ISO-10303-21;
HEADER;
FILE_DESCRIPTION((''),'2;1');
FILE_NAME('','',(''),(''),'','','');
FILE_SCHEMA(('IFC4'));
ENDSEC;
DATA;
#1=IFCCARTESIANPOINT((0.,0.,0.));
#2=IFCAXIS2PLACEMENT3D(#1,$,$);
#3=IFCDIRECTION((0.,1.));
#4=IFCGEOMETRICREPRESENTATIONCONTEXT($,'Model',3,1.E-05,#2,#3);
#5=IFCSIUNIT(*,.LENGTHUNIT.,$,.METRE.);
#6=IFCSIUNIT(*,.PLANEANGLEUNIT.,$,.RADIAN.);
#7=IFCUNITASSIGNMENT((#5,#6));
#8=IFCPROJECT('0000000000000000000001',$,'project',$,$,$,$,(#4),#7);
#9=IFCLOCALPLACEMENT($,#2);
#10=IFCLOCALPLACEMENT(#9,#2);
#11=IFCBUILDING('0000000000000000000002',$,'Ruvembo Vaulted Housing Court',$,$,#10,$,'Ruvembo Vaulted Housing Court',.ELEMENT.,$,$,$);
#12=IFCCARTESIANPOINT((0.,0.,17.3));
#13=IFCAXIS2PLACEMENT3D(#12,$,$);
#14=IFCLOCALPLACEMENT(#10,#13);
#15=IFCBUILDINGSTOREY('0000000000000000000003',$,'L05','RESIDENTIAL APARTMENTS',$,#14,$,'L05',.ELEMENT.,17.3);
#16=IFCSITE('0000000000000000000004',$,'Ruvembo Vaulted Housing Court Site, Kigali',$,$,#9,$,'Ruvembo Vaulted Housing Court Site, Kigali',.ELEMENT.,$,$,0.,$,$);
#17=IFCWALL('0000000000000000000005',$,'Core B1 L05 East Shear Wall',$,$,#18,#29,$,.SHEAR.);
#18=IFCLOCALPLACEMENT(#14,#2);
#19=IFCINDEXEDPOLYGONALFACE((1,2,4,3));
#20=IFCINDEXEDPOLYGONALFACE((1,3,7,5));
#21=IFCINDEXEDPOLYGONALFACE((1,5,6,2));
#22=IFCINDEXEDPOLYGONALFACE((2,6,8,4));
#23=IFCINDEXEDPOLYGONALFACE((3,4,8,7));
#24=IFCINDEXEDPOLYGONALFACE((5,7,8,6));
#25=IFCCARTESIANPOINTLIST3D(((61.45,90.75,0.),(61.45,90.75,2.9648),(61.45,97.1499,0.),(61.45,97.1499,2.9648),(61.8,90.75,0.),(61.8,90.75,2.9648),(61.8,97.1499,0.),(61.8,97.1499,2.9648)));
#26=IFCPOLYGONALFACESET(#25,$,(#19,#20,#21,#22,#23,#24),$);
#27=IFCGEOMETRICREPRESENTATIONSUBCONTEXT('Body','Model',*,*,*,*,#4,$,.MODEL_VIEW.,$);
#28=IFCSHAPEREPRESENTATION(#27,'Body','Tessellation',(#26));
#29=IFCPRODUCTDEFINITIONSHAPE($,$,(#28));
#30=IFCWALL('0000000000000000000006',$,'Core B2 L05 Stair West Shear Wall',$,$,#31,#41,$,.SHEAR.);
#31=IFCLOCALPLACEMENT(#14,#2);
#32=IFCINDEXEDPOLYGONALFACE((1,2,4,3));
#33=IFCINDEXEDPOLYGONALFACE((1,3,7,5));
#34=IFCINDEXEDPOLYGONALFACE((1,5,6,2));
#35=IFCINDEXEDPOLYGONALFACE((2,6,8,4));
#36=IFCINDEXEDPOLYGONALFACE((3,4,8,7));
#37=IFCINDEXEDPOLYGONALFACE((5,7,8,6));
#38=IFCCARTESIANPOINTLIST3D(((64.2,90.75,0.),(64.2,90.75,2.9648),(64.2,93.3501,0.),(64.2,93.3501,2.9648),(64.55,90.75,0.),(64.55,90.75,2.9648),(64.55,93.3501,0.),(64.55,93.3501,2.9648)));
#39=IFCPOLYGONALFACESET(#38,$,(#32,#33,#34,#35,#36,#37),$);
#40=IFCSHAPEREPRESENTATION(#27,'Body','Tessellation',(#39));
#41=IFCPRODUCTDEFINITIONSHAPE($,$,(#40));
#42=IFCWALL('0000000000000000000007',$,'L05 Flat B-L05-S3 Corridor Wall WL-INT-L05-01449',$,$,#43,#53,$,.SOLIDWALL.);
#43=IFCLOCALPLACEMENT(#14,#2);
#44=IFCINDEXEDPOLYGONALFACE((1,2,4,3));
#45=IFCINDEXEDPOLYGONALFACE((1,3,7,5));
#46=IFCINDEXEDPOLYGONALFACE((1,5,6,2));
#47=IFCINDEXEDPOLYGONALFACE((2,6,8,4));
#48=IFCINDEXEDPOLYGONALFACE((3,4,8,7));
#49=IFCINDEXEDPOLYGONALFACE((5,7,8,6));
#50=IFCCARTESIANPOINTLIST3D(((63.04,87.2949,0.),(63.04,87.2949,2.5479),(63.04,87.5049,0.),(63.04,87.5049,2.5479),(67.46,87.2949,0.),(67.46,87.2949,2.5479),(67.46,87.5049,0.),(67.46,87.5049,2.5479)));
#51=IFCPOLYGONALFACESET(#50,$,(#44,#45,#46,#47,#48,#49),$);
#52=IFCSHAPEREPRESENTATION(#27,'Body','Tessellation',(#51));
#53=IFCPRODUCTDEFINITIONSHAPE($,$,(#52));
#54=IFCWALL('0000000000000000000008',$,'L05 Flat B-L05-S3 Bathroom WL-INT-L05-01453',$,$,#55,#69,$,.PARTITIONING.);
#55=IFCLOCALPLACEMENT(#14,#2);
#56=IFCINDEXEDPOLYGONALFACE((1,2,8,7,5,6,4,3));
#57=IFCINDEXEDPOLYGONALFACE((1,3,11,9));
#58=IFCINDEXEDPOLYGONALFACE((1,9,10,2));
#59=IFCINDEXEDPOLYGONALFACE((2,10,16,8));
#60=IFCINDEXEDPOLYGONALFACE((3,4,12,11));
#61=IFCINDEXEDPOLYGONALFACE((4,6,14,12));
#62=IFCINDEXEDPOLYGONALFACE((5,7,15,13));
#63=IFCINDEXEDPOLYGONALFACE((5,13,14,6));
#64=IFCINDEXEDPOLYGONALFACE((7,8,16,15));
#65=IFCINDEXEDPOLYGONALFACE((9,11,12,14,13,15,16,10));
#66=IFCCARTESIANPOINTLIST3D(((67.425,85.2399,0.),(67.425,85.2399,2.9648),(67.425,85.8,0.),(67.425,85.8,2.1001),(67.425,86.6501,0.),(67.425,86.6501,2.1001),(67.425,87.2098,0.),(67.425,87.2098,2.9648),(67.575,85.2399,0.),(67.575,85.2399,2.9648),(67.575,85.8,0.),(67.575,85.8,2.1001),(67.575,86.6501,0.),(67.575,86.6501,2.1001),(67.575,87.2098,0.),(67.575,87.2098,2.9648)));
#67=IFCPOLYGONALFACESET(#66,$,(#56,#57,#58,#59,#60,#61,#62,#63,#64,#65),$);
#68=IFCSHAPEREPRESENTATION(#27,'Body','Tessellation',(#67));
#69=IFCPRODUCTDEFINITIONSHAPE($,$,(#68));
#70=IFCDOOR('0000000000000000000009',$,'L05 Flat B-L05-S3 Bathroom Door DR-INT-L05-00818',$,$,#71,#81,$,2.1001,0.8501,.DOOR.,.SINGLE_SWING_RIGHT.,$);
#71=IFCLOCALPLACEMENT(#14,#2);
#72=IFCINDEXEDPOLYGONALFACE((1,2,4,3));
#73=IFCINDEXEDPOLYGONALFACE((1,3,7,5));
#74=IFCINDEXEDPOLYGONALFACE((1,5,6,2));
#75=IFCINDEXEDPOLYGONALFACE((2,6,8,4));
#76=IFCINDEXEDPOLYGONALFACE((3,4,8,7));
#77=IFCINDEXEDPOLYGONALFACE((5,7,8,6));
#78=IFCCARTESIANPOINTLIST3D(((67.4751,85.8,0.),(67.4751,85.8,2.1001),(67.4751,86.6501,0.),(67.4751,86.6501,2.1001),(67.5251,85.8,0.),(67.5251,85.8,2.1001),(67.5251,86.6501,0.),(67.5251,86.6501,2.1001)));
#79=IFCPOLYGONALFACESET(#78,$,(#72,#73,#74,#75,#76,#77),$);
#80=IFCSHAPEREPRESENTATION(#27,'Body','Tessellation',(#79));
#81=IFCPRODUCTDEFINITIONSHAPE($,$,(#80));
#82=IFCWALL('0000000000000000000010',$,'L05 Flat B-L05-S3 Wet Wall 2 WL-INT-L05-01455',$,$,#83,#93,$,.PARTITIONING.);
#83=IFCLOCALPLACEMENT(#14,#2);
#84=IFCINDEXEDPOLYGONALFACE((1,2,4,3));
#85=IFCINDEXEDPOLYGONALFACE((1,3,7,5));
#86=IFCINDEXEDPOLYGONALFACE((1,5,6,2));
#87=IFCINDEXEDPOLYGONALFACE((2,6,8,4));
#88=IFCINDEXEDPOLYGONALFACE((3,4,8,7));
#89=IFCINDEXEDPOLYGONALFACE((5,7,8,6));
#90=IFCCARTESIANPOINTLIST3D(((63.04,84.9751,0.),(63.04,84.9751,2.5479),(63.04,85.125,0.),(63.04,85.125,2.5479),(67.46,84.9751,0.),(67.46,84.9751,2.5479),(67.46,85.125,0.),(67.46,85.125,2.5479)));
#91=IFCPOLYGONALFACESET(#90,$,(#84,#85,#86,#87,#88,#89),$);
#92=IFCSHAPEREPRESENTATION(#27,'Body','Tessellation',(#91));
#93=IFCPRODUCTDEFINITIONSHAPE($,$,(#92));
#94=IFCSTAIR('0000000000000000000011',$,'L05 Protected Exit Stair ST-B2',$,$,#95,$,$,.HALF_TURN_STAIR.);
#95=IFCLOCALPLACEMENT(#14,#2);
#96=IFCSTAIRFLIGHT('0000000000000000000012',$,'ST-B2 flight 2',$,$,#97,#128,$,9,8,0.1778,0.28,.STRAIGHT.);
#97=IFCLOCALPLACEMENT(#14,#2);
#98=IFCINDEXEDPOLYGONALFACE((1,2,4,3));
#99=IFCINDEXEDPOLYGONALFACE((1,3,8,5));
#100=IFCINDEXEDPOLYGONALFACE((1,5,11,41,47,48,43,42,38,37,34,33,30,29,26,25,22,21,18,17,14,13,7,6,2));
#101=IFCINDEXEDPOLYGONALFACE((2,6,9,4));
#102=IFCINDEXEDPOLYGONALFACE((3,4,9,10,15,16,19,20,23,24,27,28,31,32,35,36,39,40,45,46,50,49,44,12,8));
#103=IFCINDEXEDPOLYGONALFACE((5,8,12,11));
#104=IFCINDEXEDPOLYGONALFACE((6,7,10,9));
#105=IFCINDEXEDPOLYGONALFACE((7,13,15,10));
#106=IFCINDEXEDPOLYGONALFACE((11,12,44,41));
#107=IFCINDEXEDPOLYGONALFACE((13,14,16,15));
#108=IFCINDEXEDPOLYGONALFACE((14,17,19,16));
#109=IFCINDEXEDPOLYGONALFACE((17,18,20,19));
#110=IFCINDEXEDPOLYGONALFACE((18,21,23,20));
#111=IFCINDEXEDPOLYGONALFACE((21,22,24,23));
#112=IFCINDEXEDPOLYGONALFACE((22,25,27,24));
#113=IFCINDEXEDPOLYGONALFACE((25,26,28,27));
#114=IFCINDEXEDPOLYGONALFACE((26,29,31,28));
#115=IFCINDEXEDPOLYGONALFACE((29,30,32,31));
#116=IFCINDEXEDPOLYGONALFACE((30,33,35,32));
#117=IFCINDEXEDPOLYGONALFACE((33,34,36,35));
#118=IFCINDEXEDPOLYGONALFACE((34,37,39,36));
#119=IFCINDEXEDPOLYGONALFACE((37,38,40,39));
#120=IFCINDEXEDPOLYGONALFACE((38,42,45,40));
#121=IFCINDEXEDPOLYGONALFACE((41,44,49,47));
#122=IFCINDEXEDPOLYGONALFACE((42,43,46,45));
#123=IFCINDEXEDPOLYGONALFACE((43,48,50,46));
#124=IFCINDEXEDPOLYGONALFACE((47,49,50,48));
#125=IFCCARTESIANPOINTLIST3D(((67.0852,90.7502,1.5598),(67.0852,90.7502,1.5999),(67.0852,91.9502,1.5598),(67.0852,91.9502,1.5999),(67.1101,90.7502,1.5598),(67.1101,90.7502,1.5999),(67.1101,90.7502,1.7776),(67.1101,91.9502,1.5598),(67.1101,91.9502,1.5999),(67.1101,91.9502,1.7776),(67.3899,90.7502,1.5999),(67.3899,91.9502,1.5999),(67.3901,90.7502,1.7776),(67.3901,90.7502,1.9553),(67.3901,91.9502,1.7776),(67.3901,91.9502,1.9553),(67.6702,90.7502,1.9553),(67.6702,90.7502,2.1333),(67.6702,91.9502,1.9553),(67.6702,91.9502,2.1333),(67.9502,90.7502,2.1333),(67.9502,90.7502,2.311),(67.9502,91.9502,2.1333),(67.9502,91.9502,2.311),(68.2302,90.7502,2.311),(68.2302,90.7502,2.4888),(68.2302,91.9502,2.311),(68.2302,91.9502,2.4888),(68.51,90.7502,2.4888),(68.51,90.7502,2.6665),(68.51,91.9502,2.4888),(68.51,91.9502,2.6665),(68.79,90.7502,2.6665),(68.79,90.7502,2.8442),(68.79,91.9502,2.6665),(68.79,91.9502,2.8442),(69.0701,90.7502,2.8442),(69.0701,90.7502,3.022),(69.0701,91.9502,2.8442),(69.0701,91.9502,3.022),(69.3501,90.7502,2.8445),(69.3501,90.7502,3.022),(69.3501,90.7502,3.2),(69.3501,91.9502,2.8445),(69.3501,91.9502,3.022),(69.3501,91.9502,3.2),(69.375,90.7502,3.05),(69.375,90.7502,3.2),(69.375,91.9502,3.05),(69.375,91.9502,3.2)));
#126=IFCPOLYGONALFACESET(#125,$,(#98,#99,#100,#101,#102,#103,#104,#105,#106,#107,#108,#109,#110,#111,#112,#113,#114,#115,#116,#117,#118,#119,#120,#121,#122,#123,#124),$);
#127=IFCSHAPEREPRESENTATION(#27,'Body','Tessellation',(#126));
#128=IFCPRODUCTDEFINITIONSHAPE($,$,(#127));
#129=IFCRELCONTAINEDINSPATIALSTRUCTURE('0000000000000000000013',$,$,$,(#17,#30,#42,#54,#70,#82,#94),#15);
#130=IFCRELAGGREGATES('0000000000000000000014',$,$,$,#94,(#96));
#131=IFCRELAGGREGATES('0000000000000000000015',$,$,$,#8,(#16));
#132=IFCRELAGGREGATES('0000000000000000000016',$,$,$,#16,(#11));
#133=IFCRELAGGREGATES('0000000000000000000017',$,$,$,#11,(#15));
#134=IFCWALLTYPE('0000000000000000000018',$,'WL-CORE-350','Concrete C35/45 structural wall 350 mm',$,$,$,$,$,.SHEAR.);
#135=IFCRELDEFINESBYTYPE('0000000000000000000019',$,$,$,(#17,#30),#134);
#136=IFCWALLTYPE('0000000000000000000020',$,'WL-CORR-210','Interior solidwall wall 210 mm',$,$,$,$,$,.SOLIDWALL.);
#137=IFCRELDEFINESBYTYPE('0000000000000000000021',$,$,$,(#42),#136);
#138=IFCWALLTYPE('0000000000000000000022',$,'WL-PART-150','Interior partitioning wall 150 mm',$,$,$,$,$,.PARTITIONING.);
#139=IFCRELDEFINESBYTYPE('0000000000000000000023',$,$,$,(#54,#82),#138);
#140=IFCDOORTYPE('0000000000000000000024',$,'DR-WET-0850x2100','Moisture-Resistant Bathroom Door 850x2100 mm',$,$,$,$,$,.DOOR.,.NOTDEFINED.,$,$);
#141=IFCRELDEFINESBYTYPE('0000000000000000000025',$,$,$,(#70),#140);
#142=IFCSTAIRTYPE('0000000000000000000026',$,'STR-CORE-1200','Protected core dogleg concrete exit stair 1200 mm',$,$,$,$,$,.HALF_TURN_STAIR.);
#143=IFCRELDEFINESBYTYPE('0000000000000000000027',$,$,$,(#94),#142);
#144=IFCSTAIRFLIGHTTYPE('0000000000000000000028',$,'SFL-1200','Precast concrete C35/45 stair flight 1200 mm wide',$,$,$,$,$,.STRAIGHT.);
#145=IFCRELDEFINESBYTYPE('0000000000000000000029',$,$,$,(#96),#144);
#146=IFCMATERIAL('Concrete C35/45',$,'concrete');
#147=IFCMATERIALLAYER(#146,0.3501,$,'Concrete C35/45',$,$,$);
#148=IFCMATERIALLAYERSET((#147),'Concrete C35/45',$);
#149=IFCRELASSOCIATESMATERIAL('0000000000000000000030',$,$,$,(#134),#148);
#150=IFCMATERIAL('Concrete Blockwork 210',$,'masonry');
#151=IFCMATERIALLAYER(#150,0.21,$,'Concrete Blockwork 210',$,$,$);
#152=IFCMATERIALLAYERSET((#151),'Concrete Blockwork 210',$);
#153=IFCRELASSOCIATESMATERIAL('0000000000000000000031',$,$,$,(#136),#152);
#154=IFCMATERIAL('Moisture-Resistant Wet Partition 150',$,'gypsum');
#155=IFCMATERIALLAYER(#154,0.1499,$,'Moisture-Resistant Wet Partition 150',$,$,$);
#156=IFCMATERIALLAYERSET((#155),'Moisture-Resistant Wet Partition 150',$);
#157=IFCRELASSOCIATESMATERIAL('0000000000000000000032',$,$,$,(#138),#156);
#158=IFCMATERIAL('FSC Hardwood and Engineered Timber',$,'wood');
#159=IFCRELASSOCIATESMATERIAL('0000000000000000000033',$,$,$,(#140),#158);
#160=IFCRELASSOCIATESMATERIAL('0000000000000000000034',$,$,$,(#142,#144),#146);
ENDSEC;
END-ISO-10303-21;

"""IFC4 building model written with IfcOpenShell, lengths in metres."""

from ifc_helpers import new_model, si_unit, direction, frame, frame_2d, origin, place, context, subcontext, project, spatial, polyline, rectangle, outline, extrude, material, layer, layer_set, type_object, element, fill, aggregate, save


model = new_model("IFC4")

# Units and contexts
model_context = context("Model", 3, precision=1e-05, world=origin(), true_north=direction((0.0, 1.0)))
body_context = subcontext(model_context, "Body", "Model", "MODEL_VIEW")
ifc_project = project(units=[si_unit("LENGTHUNIT", "METRE"), si_unit("PLANEANGLEUNIT", "RADIAN")], contexts=[model_context])

# Site, building, storey
site_placement = place(None, origin())
site = spatial("IfcSite", under=ifc_project, at=site_placement, Name="Ruvembo Vaulted Housing Court Site, Kigali", LongName="Ruvembo Vaulted Housing Court Site, Kigali", CompositionType="ELEMENT", RefElevation=0.0)
building_placement = place(site_placement, origin())
building = spatial("IfcBuilding", under=site, at=building_placement, Name="Ruvembo Vaulted Housing Court", LongName="Ruvembo Vaulted Housing Court", CompositionType="ELEMENT")
storey_placement = place(building_placement, frame((0.0, 0.0, 17.3)))
storey = spatial("IfcBuildingStorey", under=building, at=storey_placement, Name="L05", Description="RESIDENTIAL APARTMENTS", LongName="L05", CompositionType="ELEMENT", Elevation=17.3)

# Shared definitions
ifc_material_1 = material(Name="Concrete C35/45", Category="concrete")

# Wall
ifc_layer_1 = layer(ifc_material_1, 0.3501, Name="Concrete C35/45")
ifc_layer_set_1 = layer_set([ifc_layer_1], Name="Concrete C35/45")
wall_type_1 = type_object("IfcWallType", Name="WL-CORE-350", Description="Concrete C35/45 structural wall 350 mm", PredefinedType="SHEAR", material=ifc_layer_set_1)
wall_1_placement = place(storey_placement, frame((61.625, 90.75, 0.0), z_axis=(0.0, 0.0, 1.0), x_axis=(0.0, 1.0, 0.0)))
element("IfcWall", 1, at=wall_1_placement, inside=storey, type_object=wall_type_1, Name="Core B1 L05 East Shear Wall", PredefinedType="SHEAR", context=body_context, shape_type="SweptSolid", body=[
    extrude(rectangle(XDim=6.3999, YDim=0.3501, at=frame_2d((3.2, 0.0))), origin(), (0.0, 0.0, 1.0), 2.9648),
])

# Walls
wall_2_placement = place(storey_placement, frame((64.375, 93.3501, 0.0), z_axis=(0.0, 0.0, 1.0), x_axis=(0.0, -1.0, 0.0)))
element("IfcWall", 2, at=wall_2_placement, inside=storey, type_object=wall_type_1, Name="Core B2 L05 Stair West Shear Wall", PredefinedType="SHEAR", context=body_context, shape_type="SweptSolid", body=[
    extrude(rectangle(XDim=2.6001, YDim=0.3501, at=frame_2d((1.3, 0.0))), origin(), (0.0, 0.0, 1.0), 2.9648),
])
ifc_material_2 = material(Name="Concrete Blockwork 210", Category="masonry")
ifc_layer_2 = layer(ifc_material_2, 0.21, Name="Concrete Blockwork 210")
ifc_layer_set_2 = layer_set([ifc_layer_2], Name="Concrete Blockwork 210")
wall_type_2 = type_object("IfcWallType", Name="WL-CORR-210", Description="Interior solidwall wall 210 mm", PredefinedType="SOLIDWALL", material=ifc_layer_set_2)
wall_3_placement = place(storey_placement, frame((63.04, 87.3999, 0.0), z_axis=(0.0, 0.0, 1.0), x_axis=(1.0, 0.0, 0.0)))
element("IfcWall", 3, at=wall_3_placement, inside=storey, type_object=wall_type_2, Name="L05 Flat B-L05-S3 Corridor Wall WL-INT-L05-01449", PredefinedType="SOLIDWALL", context=body_context, shape_type="SweptSolid", body=[
    extrude(rectangle(XDim=4.4199, YDim=0.21, at=frame_2d((2.21, 0.0))), origin(), (0.0, 0.0, 1.0), 2.5479),
])

# Wall, opening, door
ifc_material_3 = material(Name="FSC Hardwood and Engineered Timber", Category="wood")
ifc_material_4 = material(Name="Moisture-Resistant Wet Partition 150", Category="gypsum")
ifc_layer_3 = layer(ifc_material_4, 0.1499, Name="Moisture-Resistant Wet Partition 150")
ifc_layer_set_3 = layer_set([ifc_layer_3], Name="Moisture-Resistant Wet Partition 150")
wall_type_3 = type_object("IfcWallType", Name="WL-PART-150", Description="Interior partitioning wall 150 mm", PredefinedType="PARTITIONING", material=ifc_layer_set_3)
wall_4_placement = place(storey_placement, frame((67.5, 85.24, 0.0), z_axis=(0.0, 0.0, 1.0), x_axis=(0.0, 1.0, 0.0)))
wall_4 = element("IfcWall", 4, at=wall_4_placement, inside=storey, type_object=wall_type_3, Name="L05 Flat B-L05-S3 Bathroom WL-INT-L05-01453", PredefinedType="PARTITIONING", context=body_context, shape_type="SweptSolid", body=[
    extrude(rectangle(XDim=1.97, YDim=0.1499, at=frame_2d((0.9849, 0.0))), origin(), (0.0, 0.0, 1.0), 2.9648),
])
opening_1_placement = place(wall_4_placement, frame((0.5601, 0.0, 0.0)))
opening_1 = element("IfcOpeningElement", 5, at=opening_1_placement, cuts=wall_4, PredefinedType="OPENING", context=body_context, shape_type="SweptSolid", body=[
    extrude(rectangle(XDim=0.8501, YDim=2.1001, at=frame_2d((0.425, 1.05))), frame((0.0, 0.085, 0.0), z_axis=(0.0, -1.0, 0.0), x_axis=(1.0, 0.0, 0.0)), (0.0, 0.0, 1.0), 0.1699),
])
door_type_1 = type_object("IfcDoorType", Name="DR-WET-0850x2100", Description="Moisture-Resistant Bathroom Door 850x2100 mm", OperationType="NOTDEFINED", PredefinedType="DOOR", material=ifc_material_3)
door_1_placement = place(opening_1_placement, origin())
door_1 = element("IfcDoor", 6, at=door_1_placement, inside=storey, type_object=door_type_1, Name="L05 Flat B-L05-S3 Bathroom Door DR-INT-L05-00818", OperationType="SINGLE_SWING_RIGHT", OverallHeight=2.1001, OverallWidth=0.8501, PredefinedType="DOOR", context=body_context, shape_type="SweptSolid", body=[
    extrude(rectangle(XDim=0.8501, YDim=2.1001, at=frame_2d((0.425, 1.05))), frame((0.0, 0.0249, 0.0), z_axis=(0.0, -1.0, 0.0), x_axis=(1.0, 0.0, 0.0)), (0.0, 0.0, 1.0), 0.05),
])
fill(opening_1, door_1)

# Wall
wall_5_placement = place(storey_placement, frame((63.04, 85.05, 0.0), z_axis=(0.0, 0.0, 1.0), x_axis=(1.0, 0.0, 0.0)))
element("IfcWall", 7, at=wall_5_placement, inside=storey, type_object=wall_type_3, Name="L05 Flat B-L05-S3 Wet Wall 2 WL-INT-L05-01455", PredefinedType="PARTITIONING", context=body_context, shape_type="SweptSolid", body=[
    extrude(rectangle(XDim=4.4199, YDim=0.1499, at=frame_2d((2.21, 0.0))), origin(), (0.0, 0.0, 1.0), 2.5479),
])

# Stair, stair flight
stair_type = type_object("IfcStairType", Name="STR-CORE-1200", Description="Protected core dogleg concrete exit stair 1200 mm", PredefinedType="HALF_TURN_STAIR", material=ifc_material_1)
stair_placement = place(storey_placement, origin())
stair = element("IfcStair", 8, at=stair_placement, inside=storey, type_object=stair_type, Name="L05 Protected Exit Stair ST-B2", PredefinedType="HALF_TURN_STAIR")
stair_flight_type = type_object("IfcStairFlightType", Name="SFL-1200", Description="Precast concrete C35/45 stair flight 1200 mm wide", PredefinedType="STRAIGHT", material=ifc_material_1)
stair_flight_placement = place(storey_placement, frame((67.1101, 91.3501, 1.5999), z_axis=(0.0, 0.0, 1.0), x_axis=(1.0, 0.0, 0.0)))
stair_flight = element("IfcStairFlight", 9, at=stair_flight_placement, type_object=stair_flight_type, Name="ST-B2 flight 2", NumberOfRisers=9, NumberOfTreads=8, PredefinedType="STRAIGHT", RiserHeight=0.1778, TreadLength=0.28, context=body_context, shape_type="SweptSolid", body=[
    extrude(outline(polyline([(-0.0249, -0.04), (-0.0249, 0.0), (0.0, 0.0), (0.0, 0.1777), (0.28, 0.1777), (0.28, 0.3555), (0.5601, 0.3555), (0.5601, 0.5334), (0.8401, 0.5334), (0.8401, 0.7112), (1.1201, 0.7112), (1.1201, 0.8889), (1.3999, 0.8889), (1.3999, 1.0667), (1.6799, 1.0667), (1.6799, 1.2444), (1.96, 1.2444), (1.96, 1.4221), (2.24, 1.4221), (2.24, 1.6001), (2.2649, 1.6001), (2.2649, 1.4502), (2.24, 1.2446), (0.2798, 0.0), (0.0, -0.04), (-0.0249, -0.04)])), frame((0.0, 0.6001, 0.0), z_axis=(0.0, -1.0, 0.0), x_axis=(1.0, 0.0, 0.0)), (0.0, 0.0, 1.0), 1.2),
])
aggregate(stair, [stair_flight])

save(model, "model.ifc")
